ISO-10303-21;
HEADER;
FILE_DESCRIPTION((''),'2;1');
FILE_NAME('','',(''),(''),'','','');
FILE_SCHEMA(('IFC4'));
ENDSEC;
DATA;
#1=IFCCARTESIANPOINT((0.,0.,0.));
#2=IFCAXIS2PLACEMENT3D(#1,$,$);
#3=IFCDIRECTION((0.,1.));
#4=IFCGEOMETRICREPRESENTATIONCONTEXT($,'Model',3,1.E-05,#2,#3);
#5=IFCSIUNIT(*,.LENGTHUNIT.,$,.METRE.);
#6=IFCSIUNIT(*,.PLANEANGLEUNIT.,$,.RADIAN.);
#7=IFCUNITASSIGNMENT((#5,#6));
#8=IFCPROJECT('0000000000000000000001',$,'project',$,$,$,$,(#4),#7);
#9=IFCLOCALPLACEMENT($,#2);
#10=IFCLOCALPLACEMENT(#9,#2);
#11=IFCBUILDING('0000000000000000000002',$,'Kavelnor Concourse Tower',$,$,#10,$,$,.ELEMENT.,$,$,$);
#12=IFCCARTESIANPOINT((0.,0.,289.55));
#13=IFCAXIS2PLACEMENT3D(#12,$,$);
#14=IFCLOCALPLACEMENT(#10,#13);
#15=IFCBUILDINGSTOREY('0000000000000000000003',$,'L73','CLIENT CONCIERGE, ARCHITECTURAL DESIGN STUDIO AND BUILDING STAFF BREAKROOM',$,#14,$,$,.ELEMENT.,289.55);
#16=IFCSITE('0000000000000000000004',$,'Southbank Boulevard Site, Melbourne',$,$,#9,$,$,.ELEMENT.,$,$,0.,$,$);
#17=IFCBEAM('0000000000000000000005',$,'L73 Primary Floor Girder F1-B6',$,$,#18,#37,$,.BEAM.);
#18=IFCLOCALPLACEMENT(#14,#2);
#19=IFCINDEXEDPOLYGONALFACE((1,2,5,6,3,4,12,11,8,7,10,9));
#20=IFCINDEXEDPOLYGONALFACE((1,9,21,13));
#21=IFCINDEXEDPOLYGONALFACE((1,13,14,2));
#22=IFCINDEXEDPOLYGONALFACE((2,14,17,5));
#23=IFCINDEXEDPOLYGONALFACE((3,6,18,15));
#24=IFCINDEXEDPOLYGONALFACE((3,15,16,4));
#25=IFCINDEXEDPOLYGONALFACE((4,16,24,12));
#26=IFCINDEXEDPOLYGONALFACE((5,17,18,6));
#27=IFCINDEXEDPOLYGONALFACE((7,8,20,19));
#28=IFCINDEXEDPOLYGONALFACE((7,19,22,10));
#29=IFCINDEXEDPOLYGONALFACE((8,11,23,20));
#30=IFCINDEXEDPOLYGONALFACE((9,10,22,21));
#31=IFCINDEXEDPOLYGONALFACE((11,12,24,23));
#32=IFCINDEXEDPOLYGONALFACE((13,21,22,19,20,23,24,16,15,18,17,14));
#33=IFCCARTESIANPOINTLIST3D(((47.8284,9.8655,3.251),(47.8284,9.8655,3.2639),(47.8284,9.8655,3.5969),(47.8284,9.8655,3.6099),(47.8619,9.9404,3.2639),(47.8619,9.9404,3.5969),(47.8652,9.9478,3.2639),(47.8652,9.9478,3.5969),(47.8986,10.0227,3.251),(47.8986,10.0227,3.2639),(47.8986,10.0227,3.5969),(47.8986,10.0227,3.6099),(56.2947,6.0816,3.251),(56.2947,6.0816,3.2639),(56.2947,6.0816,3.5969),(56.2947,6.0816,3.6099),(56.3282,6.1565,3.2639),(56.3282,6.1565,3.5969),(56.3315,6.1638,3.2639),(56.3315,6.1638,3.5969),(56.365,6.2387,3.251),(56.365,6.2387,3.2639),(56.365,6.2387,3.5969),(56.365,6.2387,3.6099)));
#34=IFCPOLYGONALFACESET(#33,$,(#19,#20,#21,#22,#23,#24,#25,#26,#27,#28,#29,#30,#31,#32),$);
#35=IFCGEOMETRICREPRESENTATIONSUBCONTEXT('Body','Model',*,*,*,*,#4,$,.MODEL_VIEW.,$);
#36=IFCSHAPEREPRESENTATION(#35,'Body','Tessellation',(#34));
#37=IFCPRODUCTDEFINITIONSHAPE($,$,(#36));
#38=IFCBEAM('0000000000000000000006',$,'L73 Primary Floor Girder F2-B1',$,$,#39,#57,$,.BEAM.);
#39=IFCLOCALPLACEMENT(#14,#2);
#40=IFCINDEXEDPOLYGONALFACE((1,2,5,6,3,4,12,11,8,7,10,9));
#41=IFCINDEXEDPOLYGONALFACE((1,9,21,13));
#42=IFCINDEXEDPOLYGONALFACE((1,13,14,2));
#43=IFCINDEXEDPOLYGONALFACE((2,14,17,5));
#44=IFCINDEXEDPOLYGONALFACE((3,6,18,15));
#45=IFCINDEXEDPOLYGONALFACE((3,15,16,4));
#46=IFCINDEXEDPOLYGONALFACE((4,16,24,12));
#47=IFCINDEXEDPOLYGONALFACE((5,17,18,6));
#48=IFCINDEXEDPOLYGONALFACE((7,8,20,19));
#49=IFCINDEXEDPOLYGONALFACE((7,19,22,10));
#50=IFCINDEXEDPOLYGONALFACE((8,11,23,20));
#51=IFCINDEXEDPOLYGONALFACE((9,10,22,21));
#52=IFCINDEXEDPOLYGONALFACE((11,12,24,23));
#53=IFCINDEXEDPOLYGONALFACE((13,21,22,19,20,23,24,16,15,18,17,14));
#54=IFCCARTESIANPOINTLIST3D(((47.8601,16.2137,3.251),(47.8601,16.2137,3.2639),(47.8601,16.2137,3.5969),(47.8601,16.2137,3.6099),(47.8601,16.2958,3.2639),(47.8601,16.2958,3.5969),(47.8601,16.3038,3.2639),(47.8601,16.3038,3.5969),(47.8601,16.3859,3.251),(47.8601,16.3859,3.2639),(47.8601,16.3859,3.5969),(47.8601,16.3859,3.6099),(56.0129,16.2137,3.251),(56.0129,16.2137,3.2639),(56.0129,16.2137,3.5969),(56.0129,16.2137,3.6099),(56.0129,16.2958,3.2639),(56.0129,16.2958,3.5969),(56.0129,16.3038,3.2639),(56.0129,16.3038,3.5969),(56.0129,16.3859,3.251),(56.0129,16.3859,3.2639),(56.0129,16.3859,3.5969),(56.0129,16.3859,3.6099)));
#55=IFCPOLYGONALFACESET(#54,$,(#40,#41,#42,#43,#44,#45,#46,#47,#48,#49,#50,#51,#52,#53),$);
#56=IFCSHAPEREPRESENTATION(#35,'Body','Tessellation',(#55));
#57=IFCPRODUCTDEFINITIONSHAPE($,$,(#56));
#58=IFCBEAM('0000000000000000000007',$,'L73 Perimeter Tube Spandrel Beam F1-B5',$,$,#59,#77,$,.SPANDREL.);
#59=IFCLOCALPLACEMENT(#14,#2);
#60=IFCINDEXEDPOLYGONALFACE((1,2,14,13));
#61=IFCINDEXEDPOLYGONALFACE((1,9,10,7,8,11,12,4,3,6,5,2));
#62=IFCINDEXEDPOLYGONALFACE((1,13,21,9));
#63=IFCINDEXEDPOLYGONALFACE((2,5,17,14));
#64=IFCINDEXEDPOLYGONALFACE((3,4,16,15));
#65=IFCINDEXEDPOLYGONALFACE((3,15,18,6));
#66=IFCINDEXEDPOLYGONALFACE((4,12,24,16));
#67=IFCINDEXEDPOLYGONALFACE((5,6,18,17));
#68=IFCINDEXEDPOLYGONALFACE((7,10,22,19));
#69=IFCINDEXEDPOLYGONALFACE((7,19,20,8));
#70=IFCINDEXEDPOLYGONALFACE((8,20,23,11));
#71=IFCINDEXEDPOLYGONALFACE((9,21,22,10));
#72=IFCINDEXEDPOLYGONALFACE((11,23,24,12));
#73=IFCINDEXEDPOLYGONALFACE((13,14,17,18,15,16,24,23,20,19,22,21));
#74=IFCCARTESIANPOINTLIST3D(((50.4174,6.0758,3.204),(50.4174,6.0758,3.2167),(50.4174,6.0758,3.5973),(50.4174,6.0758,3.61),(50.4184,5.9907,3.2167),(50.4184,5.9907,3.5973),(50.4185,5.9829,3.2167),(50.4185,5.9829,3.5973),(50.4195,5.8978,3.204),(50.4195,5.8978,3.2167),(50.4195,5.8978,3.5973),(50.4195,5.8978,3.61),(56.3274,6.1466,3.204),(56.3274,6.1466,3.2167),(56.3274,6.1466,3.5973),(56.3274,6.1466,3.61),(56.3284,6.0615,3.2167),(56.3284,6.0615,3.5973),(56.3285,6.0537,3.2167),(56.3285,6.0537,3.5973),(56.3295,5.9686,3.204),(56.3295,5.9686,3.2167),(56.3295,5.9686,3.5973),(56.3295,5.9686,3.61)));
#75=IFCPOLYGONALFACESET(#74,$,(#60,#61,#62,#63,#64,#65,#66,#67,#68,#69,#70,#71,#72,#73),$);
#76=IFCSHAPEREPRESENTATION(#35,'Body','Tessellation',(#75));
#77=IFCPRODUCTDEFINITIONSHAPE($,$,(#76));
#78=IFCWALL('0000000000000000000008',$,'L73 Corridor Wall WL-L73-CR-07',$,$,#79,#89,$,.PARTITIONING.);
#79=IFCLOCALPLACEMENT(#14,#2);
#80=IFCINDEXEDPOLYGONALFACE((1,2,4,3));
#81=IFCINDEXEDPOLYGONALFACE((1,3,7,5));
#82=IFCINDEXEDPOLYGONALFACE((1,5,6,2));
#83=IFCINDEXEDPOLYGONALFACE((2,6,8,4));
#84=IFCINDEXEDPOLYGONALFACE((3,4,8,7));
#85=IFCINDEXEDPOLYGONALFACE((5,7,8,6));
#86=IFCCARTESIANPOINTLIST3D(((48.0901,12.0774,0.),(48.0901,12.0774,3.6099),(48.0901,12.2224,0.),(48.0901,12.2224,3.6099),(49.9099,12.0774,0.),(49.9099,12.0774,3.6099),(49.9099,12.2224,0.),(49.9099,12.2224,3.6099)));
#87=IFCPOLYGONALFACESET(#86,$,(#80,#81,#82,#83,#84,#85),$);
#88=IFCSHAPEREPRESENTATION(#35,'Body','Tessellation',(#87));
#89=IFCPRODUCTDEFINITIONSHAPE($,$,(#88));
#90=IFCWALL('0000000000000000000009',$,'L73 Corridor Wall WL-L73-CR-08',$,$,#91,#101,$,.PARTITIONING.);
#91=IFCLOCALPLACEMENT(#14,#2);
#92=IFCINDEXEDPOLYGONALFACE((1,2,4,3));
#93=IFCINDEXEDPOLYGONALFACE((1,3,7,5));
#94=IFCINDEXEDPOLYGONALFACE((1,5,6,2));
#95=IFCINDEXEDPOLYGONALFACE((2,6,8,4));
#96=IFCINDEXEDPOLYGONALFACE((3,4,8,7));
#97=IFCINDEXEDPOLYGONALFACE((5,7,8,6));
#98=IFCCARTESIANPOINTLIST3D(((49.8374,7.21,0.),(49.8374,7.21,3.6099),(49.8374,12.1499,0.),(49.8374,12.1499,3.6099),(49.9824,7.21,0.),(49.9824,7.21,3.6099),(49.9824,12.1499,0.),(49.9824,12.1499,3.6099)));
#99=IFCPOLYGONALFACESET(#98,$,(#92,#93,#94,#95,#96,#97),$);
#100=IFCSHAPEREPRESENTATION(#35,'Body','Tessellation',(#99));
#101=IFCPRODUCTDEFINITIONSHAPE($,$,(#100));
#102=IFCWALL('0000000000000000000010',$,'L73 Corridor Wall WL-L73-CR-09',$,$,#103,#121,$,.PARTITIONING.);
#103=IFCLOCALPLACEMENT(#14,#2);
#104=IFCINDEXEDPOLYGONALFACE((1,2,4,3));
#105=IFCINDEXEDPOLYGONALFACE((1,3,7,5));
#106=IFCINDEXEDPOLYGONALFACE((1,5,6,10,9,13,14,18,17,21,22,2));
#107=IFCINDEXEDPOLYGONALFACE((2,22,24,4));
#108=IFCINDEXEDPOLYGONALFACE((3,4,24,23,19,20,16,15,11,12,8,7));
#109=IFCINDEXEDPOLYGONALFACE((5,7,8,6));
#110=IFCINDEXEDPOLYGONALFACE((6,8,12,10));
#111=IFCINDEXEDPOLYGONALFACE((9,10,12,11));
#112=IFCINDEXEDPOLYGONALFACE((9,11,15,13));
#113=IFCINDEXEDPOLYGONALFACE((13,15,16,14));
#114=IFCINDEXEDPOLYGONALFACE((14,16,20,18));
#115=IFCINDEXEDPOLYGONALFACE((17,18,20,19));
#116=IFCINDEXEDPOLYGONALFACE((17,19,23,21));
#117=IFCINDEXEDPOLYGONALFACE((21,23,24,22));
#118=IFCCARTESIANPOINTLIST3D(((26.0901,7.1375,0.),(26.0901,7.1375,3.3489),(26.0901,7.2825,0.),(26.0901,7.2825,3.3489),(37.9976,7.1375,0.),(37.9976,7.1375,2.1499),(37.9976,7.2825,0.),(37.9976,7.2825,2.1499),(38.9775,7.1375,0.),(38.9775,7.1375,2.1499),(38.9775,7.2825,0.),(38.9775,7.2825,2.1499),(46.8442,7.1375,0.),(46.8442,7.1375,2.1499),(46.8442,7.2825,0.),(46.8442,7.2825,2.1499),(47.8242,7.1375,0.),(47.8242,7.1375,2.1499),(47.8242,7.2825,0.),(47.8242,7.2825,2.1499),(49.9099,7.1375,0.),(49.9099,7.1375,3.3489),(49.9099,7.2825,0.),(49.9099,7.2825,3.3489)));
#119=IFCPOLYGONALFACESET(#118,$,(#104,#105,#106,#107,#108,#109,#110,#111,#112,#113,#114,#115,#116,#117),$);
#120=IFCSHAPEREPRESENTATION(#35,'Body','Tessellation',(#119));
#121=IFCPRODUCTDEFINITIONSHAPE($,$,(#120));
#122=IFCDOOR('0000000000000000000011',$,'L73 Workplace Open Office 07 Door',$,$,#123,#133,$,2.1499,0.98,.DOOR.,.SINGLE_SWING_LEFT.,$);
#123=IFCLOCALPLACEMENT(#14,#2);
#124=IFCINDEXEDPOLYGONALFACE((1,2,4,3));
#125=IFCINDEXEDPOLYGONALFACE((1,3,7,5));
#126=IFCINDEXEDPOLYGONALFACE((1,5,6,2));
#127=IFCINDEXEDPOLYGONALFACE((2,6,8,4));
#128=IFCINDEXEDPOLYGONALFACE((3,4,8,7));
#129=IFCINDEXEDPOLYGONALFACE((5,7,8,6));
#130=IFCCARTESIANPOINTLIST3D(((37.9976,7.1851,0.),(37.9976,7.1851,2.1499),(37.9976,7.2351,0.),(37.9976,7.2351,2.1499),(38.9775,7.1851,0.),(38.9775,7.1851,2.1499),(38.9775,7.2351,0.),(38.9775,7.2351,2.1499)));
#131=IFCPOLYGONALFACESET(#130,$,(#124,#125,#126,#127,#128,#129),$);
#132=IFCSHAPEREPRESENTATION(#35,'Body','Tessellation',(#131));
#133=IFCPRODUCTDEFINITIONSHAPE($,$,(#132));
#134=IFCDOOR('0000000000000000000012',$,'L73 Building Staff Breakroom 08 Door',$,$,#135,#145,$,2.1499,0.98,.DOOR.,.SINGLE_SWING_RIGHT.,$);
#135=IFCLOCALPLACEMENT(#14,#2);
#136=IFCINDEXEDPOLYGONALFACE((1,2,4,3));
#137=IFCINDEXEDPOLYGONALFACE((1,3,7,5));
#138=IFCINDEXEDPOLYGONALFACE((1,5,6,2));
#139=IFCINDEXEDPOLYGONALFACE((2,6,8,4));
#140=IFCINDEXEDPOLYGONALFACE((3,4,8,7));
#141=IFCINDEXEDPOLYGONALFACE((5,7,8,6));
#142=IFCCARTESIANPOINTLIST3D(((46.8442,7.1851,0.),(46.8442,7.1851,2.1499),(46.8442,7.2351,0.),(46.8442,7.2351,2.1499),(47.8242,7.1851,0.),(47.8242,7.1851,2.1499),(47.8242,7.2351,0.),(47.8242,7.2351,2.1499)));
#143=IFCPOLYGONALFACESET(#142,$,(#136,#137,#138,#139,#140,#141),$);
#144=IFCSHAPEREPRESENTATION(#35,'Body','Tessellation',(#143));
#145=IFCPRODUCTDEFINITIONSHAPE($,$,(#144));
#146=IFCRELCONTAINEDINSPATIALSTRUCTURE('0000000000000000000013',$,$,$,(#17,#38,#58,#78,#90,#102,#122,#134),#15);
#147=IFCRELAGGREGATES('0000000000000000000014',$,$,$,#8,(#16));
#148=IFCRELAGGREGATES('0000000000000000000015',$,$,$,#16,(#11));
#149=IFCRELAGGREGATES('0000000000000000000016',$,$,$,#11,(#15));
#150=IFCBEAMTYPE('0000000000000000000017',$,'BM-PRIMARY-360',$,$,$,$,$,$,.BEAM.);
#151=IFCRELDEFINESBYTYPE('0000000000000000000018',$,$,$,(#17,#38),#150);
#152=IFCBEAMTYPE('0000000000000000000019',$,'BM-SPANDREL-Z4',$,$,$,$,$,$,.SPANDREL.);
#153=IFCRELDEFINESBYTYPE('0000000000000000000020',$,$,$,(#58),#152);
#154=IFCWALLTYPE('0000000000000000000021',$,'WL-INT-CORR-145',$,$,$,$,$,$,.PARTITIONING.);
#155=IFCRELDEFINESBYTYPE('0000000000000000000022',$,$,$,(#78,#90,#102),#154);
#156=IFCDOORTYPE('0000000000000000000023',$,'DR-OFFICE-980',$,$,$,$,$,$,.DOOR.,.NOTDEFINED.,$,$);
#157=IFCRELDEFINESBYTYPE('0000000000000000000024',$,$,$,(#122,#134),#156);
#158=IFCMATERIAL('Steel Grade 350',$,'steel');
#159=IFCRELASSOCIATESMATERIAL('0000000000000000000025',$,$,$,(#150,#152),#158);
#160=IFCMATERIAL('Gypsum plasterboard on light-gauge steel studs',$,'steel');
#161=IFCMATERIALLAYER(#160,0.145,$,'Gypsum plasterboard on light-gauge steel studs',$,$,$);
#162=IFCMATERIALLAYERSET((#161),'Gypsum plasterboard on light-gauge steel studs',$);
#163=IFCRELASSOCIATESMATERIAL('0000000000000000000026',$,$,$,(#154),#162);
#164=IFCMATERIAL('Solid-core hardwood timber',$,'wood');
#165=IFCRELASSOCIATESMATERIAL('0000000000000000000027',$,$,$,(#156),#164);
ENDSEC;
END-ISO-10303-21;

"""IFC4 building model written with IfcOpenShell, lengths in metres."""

from ifc_helpers import new_model, si_unit, direction, frame, frame_2d, origin, origin_2d, place, context, subcontext, project, spatial, rectangle, i_section, extrude, material, layer, layer_set, material_profile, profile_set, type_object, element, fill, save


model = new_model("IFC4")

# Units and contexts
model_context = context("Model", 3, precision=1e-05, world=origin(), true_north=direction((0.0, 1.0)))
body_context = subcontext(model_context, "Body", "Model", "MODEL_VIEW")
ifc_project = project(units=[si_unit("LENGTHUNIT", "METRE"), si_unit("PLANEANGLEUNIT", "RADIAN")], contexts=[model_context])

# Site, building, storey
site_placement = place(None, origin())
site = spatial("IfcSite", under=ifc_project, at=site_placement, Name="Southbank Boulevard Site, Melbourne", CompositionType="ELEMENT", RefElevation=0.0)
building_placement = place(site_placement, origin())
building = spatial("IfcBuilding", under=site, at=building_placement, Name="Kavelnor Concourse Tower", CompositionType="ELEMENT")
storey_placement = place(building_placement, frame((0.0, 0.0, 289.55)))
storey = spatial("IfcBuildingStorey", under=building, at=storey_placement, Name="L73", Description="CLIENT CONCIERGE, ARCHITECTURAL DESIGN STUDIO AND BUILDING STAFF BREAKROOM", CompositionType="ELEMENT", Elevation=289.55)

# Shared definitions
ifc_material_1 = material(Name="Steel Grade 350", Category="steel")

# Beams
ifc_material_profile_1 = material_profile(ifc_material_1, i_section(OverallWidth=0.1721, OverallDepth=0.3589, WebThickness=0.0081, FlangeThickness=0.0129, at=origin_2d()), Name="360UB56")
ifc_profile_set_1 = profile_set([ifc_material_profile_1], Name="Steel Grade 350")
beam_type_1 = type_object("IfcBeamType", Name="BM-PRIMARY-360", PredefinedType="BEAM", material=ifc_profile_set_1)
beam_1_placement = place(storey_placement, frame((47.8635, 9.9441, 3.4304), z_axis=(0.912964, -0.40804, 0.0), x_axis=(0.40804, 0.912964, 0.0)))
element("IfcBeam", 1, at=beam_1_placement, inside=storey, type_object=beam_type_1, Name="L73 Primary Floor Girder F1-B6", PredefinedType="BEAM", context=body_context, shape_type="SweptSolid", body=[
    extrude(i_section(OverallWidth=0.1721, OverallDepth=0.3589, WebThickness=0.0081, FlangeThickness=0.0129, at=origin_2d()), origin(), (0.0, 0.0, 1.0), 9.2734),
])
beam_2_placement = place(storey_placement, frame((47.8601, 16.2998, 3.4304), z_axis=(1.0, 0.0, 0.0), x_axis=(0.0, 1.0, 0.0)))
element("IfcBeam", 2, at=beam_2_placement, inside=storey, type_object=beam_type_1, Name="L73 Primary Floor Girder F2-B1", PredefinedType="BEAM", context=body_context, shape_type="SweptSolid", body=[
    extrude(i_section(OverallWidth=0.1721, OverallDepth=0.3589, WebThickness=0.0081, FlangeThickness=0.0129, at=origin_2d()), origin(), (0.0, 0.0, 1.0), 8.1528),
])
ifc_material_profile_2 = material_profile(ifc_material_1, i_section(OverallWidth=0.178, OverallDepth=0.406, WebThickness=0.0078, FlangeThickness=0.0127, at=origin_2d()), Name="410UB59")
ifc_profile_set_2 = profile_set([ifc_material_profile_2], Name="Steel Grade 350")
beam_type_2 = type_object("IfcBeamType", Name="BM-SPANDREL-Z4", PredefinedType="SPANDREL", material=ifc_profile_set_2)
beam_3_placement = place(storey_placement, frame((50.4185, 5.9868, 3.407), z_axis=(0.999928, 0.011979, 0.0), x_axis=(-0.011979, 0.999928, 0.0)))
element("IfcBeam", 3, at=beam_3_placement, inside=storey, type_object=beam_type_2, Name="L73 Perimeter Tube Spandrel Beam F1-B5", PredefinedType="SPANDREL", context=body_context, shape_type="SweptSolid", body=[
    extrude(i_section(OverallWidth=0.178, OverallDepth=0.406, WebThickness=0.0078, FlangeThickness=0.0127, at=origin_2d()), origin(), (0.0, 0.0, 1.0), 5.9104),
])

# Walls
ifc_material_2 = material(Name="Gypsum plasterboard on light-gauge steel studs", Category="steel")
ifc_layer = layer(ifc_material_2, 0.145, Name="Gypsum plasterboard on light-gauge steel studs")
ifc_layer_set = layer_set([ifc_layer], Name="Gypsum plasterboard on light-gauge steel studs")
wall_type = type_object("IfcWallType", Name="WL-INT-CORR-145", PredefinedType="PARTITIONING", material=ifc_layer_set)
wall_1_placement = place(storey_placement, frame((48.0901, 12.1499, 0.0), z_axis=(0.0, 0.0, 1.0), x_axis=(1.0, 0.0, 0.0)))
element("IfcWall", 4, at=wall_1_placement, inside=storey, type_object=wall_type, Name="L73 Corridor Wall WL-L73-CR-07", PredefinedType="PARTITIONING", context=body_context, shape_type="SweptSolid", body=[
    extrude(rectangle(XDim=1.8198, YDim=0.145, at=frame_2d((0.9099, 0.0))), origin(), (0.0, 0.0, 1.0), 3.6099),
])
wall_2_placement = place(storey_placement, frame((49.9099, 12.1499, 0.0), z_axis=(0.0, 0.0, 1.0), x_axis=(0.0, -1.0, 0.0)))
element("IfcWall", 5, at=wall_2_placement, inside=storey, type_object=wall_type, Name="L73 Corridor Wall WL-L73-CR-08", PredefinedType="PARTITIONING", context=body_context, shape_type="SweptSolid", body=[
    extrude(rectangle(XDim=4.9399, YDim=0.145, at=frame_2d((2.47, 0.0))), origin(), (0.0, 0.0, 1.0), 3.6099),
])

# Wall, openings, doors
wall_3_placement = place(storey_placement, frame((49.9099, 7.21, 0.0), z_axis=(0.0, 0.0, 1.0), x_axis=(-1.0, 0.0, 0.0)))
wall_3 = element("IfcWall", 6, at=wall_3_placement, inside=storey, type_object=wall_type, Name="L73 Corridor Wall WL-L73-CR-09", PredefinedType="PARTITIONING", context=body_context, shape_type="SweptSolid", body=[
    extrude(rectangle(XDim=23.8198, YDim=0.145, at=frame_2d((11.9099, 0.0))), origin(), (0.0, 0.0, 1.0), 3.3489),
])
opening_1_placement = place(wall_3_placement, frame((10.9324, 0.0, 0.0)))
opening_1 = element("IfcOpeningElement", 7, at=opening_1_placement, cuts=wall_3, PredefinedType="OPENING", context=body_context, shape_type="SweptSolid", body=[
    extrude(rectangle(XDim=0.98, YDim=2.1499, at=frame_2d((0.49, 1.075))), frame((0.0, 0.0825, 0.0), z_axis=(0.0, -1.0, 0.0), x_axis=(1.0, 0.0, 0.0)), (0.0, 0.0, 1.0), 0.165),
])
opening_2_placement = place(wall_3_placement, frame((2.0857, 0.0, 0.0)))
opening_2 = element("IfcOpeningElement", 8, at=opening_2_placement, cuts=wall_3, PredefinedType="OPENING", context=body_context, shape_type="SweptSolid", body=[
    extrude(rectangle(XDim=0.98, YDim=2.1499, at=frame_2d((0.49, 1.075))), frame((0.0, 0.0825, 0.0), z_axis=(0.0, -1.0, 0.0), x_axis=(1.0, 0.0, 0.0)), (0.0, 0.0, 1.0), 0.165),
])
ifc_material_3 = material(Name="Solid-core hardwood timber", Category="wood")
door_type = type_object("IfcDoorType", Name="DR-OFFICE-980", OperationType="NOTDEFINED", PredefinedType="DOOR", material=ifc_material_3)
door_1_placement = place(opening_1_placement, origin())
door_1 = element("IfcDoor", 9, at=door_1_placement, inside=storey, type_object=door_type, Name="L73 Workplace Open Office 07 Door", OperationType="SINGLE_SWING_LEFT", OverallHeight=2.1499, OverallWidth=0.98, PredefinedType="DOOR", context=body_context, shape_type="SweptSolid", body=[
    extrude(rectangle(XDim=0.98, YDim=2.1499, at=frame_2d((0.49, 1.075))), frame((0.0, 0.0249, 0.0), z_axis=(0.0, -1.0, 0.0), x_axis=(1.0, 0.0, 0.0)), (0.0, 0.0, 1.0), 0.05),
])
fill(opening_1, door_1)
door_2_placement = place(opening_2_placement, origin())
door_2 = element("IfcDoor", 10, at=door_2_placement, inside=storey, type_object=door_type, Name="L73 Building Staff Breakroom 08 Door", OperationType="SINGLE_SWING_RIGHT", OverallHeight=2.1499, OverallWidth=0.98, PredefinedType="DOOR", context=body_context, shape_type="SweptSolid", body=[
    extrude(rectangle(XDim=0.98, YDim=2.1499, at=frame_2d((0.49, 1.075))), frame((0.0, 0.0249, 0.0), z_axis=(0.0, -1.0, 0.0), x_axis=(1.0, 0.0, 0.0)), (0.0, 0.0, 1.0), 0.05),
])
fill(opening_2, door_2)

save(model, "model.ifc")
